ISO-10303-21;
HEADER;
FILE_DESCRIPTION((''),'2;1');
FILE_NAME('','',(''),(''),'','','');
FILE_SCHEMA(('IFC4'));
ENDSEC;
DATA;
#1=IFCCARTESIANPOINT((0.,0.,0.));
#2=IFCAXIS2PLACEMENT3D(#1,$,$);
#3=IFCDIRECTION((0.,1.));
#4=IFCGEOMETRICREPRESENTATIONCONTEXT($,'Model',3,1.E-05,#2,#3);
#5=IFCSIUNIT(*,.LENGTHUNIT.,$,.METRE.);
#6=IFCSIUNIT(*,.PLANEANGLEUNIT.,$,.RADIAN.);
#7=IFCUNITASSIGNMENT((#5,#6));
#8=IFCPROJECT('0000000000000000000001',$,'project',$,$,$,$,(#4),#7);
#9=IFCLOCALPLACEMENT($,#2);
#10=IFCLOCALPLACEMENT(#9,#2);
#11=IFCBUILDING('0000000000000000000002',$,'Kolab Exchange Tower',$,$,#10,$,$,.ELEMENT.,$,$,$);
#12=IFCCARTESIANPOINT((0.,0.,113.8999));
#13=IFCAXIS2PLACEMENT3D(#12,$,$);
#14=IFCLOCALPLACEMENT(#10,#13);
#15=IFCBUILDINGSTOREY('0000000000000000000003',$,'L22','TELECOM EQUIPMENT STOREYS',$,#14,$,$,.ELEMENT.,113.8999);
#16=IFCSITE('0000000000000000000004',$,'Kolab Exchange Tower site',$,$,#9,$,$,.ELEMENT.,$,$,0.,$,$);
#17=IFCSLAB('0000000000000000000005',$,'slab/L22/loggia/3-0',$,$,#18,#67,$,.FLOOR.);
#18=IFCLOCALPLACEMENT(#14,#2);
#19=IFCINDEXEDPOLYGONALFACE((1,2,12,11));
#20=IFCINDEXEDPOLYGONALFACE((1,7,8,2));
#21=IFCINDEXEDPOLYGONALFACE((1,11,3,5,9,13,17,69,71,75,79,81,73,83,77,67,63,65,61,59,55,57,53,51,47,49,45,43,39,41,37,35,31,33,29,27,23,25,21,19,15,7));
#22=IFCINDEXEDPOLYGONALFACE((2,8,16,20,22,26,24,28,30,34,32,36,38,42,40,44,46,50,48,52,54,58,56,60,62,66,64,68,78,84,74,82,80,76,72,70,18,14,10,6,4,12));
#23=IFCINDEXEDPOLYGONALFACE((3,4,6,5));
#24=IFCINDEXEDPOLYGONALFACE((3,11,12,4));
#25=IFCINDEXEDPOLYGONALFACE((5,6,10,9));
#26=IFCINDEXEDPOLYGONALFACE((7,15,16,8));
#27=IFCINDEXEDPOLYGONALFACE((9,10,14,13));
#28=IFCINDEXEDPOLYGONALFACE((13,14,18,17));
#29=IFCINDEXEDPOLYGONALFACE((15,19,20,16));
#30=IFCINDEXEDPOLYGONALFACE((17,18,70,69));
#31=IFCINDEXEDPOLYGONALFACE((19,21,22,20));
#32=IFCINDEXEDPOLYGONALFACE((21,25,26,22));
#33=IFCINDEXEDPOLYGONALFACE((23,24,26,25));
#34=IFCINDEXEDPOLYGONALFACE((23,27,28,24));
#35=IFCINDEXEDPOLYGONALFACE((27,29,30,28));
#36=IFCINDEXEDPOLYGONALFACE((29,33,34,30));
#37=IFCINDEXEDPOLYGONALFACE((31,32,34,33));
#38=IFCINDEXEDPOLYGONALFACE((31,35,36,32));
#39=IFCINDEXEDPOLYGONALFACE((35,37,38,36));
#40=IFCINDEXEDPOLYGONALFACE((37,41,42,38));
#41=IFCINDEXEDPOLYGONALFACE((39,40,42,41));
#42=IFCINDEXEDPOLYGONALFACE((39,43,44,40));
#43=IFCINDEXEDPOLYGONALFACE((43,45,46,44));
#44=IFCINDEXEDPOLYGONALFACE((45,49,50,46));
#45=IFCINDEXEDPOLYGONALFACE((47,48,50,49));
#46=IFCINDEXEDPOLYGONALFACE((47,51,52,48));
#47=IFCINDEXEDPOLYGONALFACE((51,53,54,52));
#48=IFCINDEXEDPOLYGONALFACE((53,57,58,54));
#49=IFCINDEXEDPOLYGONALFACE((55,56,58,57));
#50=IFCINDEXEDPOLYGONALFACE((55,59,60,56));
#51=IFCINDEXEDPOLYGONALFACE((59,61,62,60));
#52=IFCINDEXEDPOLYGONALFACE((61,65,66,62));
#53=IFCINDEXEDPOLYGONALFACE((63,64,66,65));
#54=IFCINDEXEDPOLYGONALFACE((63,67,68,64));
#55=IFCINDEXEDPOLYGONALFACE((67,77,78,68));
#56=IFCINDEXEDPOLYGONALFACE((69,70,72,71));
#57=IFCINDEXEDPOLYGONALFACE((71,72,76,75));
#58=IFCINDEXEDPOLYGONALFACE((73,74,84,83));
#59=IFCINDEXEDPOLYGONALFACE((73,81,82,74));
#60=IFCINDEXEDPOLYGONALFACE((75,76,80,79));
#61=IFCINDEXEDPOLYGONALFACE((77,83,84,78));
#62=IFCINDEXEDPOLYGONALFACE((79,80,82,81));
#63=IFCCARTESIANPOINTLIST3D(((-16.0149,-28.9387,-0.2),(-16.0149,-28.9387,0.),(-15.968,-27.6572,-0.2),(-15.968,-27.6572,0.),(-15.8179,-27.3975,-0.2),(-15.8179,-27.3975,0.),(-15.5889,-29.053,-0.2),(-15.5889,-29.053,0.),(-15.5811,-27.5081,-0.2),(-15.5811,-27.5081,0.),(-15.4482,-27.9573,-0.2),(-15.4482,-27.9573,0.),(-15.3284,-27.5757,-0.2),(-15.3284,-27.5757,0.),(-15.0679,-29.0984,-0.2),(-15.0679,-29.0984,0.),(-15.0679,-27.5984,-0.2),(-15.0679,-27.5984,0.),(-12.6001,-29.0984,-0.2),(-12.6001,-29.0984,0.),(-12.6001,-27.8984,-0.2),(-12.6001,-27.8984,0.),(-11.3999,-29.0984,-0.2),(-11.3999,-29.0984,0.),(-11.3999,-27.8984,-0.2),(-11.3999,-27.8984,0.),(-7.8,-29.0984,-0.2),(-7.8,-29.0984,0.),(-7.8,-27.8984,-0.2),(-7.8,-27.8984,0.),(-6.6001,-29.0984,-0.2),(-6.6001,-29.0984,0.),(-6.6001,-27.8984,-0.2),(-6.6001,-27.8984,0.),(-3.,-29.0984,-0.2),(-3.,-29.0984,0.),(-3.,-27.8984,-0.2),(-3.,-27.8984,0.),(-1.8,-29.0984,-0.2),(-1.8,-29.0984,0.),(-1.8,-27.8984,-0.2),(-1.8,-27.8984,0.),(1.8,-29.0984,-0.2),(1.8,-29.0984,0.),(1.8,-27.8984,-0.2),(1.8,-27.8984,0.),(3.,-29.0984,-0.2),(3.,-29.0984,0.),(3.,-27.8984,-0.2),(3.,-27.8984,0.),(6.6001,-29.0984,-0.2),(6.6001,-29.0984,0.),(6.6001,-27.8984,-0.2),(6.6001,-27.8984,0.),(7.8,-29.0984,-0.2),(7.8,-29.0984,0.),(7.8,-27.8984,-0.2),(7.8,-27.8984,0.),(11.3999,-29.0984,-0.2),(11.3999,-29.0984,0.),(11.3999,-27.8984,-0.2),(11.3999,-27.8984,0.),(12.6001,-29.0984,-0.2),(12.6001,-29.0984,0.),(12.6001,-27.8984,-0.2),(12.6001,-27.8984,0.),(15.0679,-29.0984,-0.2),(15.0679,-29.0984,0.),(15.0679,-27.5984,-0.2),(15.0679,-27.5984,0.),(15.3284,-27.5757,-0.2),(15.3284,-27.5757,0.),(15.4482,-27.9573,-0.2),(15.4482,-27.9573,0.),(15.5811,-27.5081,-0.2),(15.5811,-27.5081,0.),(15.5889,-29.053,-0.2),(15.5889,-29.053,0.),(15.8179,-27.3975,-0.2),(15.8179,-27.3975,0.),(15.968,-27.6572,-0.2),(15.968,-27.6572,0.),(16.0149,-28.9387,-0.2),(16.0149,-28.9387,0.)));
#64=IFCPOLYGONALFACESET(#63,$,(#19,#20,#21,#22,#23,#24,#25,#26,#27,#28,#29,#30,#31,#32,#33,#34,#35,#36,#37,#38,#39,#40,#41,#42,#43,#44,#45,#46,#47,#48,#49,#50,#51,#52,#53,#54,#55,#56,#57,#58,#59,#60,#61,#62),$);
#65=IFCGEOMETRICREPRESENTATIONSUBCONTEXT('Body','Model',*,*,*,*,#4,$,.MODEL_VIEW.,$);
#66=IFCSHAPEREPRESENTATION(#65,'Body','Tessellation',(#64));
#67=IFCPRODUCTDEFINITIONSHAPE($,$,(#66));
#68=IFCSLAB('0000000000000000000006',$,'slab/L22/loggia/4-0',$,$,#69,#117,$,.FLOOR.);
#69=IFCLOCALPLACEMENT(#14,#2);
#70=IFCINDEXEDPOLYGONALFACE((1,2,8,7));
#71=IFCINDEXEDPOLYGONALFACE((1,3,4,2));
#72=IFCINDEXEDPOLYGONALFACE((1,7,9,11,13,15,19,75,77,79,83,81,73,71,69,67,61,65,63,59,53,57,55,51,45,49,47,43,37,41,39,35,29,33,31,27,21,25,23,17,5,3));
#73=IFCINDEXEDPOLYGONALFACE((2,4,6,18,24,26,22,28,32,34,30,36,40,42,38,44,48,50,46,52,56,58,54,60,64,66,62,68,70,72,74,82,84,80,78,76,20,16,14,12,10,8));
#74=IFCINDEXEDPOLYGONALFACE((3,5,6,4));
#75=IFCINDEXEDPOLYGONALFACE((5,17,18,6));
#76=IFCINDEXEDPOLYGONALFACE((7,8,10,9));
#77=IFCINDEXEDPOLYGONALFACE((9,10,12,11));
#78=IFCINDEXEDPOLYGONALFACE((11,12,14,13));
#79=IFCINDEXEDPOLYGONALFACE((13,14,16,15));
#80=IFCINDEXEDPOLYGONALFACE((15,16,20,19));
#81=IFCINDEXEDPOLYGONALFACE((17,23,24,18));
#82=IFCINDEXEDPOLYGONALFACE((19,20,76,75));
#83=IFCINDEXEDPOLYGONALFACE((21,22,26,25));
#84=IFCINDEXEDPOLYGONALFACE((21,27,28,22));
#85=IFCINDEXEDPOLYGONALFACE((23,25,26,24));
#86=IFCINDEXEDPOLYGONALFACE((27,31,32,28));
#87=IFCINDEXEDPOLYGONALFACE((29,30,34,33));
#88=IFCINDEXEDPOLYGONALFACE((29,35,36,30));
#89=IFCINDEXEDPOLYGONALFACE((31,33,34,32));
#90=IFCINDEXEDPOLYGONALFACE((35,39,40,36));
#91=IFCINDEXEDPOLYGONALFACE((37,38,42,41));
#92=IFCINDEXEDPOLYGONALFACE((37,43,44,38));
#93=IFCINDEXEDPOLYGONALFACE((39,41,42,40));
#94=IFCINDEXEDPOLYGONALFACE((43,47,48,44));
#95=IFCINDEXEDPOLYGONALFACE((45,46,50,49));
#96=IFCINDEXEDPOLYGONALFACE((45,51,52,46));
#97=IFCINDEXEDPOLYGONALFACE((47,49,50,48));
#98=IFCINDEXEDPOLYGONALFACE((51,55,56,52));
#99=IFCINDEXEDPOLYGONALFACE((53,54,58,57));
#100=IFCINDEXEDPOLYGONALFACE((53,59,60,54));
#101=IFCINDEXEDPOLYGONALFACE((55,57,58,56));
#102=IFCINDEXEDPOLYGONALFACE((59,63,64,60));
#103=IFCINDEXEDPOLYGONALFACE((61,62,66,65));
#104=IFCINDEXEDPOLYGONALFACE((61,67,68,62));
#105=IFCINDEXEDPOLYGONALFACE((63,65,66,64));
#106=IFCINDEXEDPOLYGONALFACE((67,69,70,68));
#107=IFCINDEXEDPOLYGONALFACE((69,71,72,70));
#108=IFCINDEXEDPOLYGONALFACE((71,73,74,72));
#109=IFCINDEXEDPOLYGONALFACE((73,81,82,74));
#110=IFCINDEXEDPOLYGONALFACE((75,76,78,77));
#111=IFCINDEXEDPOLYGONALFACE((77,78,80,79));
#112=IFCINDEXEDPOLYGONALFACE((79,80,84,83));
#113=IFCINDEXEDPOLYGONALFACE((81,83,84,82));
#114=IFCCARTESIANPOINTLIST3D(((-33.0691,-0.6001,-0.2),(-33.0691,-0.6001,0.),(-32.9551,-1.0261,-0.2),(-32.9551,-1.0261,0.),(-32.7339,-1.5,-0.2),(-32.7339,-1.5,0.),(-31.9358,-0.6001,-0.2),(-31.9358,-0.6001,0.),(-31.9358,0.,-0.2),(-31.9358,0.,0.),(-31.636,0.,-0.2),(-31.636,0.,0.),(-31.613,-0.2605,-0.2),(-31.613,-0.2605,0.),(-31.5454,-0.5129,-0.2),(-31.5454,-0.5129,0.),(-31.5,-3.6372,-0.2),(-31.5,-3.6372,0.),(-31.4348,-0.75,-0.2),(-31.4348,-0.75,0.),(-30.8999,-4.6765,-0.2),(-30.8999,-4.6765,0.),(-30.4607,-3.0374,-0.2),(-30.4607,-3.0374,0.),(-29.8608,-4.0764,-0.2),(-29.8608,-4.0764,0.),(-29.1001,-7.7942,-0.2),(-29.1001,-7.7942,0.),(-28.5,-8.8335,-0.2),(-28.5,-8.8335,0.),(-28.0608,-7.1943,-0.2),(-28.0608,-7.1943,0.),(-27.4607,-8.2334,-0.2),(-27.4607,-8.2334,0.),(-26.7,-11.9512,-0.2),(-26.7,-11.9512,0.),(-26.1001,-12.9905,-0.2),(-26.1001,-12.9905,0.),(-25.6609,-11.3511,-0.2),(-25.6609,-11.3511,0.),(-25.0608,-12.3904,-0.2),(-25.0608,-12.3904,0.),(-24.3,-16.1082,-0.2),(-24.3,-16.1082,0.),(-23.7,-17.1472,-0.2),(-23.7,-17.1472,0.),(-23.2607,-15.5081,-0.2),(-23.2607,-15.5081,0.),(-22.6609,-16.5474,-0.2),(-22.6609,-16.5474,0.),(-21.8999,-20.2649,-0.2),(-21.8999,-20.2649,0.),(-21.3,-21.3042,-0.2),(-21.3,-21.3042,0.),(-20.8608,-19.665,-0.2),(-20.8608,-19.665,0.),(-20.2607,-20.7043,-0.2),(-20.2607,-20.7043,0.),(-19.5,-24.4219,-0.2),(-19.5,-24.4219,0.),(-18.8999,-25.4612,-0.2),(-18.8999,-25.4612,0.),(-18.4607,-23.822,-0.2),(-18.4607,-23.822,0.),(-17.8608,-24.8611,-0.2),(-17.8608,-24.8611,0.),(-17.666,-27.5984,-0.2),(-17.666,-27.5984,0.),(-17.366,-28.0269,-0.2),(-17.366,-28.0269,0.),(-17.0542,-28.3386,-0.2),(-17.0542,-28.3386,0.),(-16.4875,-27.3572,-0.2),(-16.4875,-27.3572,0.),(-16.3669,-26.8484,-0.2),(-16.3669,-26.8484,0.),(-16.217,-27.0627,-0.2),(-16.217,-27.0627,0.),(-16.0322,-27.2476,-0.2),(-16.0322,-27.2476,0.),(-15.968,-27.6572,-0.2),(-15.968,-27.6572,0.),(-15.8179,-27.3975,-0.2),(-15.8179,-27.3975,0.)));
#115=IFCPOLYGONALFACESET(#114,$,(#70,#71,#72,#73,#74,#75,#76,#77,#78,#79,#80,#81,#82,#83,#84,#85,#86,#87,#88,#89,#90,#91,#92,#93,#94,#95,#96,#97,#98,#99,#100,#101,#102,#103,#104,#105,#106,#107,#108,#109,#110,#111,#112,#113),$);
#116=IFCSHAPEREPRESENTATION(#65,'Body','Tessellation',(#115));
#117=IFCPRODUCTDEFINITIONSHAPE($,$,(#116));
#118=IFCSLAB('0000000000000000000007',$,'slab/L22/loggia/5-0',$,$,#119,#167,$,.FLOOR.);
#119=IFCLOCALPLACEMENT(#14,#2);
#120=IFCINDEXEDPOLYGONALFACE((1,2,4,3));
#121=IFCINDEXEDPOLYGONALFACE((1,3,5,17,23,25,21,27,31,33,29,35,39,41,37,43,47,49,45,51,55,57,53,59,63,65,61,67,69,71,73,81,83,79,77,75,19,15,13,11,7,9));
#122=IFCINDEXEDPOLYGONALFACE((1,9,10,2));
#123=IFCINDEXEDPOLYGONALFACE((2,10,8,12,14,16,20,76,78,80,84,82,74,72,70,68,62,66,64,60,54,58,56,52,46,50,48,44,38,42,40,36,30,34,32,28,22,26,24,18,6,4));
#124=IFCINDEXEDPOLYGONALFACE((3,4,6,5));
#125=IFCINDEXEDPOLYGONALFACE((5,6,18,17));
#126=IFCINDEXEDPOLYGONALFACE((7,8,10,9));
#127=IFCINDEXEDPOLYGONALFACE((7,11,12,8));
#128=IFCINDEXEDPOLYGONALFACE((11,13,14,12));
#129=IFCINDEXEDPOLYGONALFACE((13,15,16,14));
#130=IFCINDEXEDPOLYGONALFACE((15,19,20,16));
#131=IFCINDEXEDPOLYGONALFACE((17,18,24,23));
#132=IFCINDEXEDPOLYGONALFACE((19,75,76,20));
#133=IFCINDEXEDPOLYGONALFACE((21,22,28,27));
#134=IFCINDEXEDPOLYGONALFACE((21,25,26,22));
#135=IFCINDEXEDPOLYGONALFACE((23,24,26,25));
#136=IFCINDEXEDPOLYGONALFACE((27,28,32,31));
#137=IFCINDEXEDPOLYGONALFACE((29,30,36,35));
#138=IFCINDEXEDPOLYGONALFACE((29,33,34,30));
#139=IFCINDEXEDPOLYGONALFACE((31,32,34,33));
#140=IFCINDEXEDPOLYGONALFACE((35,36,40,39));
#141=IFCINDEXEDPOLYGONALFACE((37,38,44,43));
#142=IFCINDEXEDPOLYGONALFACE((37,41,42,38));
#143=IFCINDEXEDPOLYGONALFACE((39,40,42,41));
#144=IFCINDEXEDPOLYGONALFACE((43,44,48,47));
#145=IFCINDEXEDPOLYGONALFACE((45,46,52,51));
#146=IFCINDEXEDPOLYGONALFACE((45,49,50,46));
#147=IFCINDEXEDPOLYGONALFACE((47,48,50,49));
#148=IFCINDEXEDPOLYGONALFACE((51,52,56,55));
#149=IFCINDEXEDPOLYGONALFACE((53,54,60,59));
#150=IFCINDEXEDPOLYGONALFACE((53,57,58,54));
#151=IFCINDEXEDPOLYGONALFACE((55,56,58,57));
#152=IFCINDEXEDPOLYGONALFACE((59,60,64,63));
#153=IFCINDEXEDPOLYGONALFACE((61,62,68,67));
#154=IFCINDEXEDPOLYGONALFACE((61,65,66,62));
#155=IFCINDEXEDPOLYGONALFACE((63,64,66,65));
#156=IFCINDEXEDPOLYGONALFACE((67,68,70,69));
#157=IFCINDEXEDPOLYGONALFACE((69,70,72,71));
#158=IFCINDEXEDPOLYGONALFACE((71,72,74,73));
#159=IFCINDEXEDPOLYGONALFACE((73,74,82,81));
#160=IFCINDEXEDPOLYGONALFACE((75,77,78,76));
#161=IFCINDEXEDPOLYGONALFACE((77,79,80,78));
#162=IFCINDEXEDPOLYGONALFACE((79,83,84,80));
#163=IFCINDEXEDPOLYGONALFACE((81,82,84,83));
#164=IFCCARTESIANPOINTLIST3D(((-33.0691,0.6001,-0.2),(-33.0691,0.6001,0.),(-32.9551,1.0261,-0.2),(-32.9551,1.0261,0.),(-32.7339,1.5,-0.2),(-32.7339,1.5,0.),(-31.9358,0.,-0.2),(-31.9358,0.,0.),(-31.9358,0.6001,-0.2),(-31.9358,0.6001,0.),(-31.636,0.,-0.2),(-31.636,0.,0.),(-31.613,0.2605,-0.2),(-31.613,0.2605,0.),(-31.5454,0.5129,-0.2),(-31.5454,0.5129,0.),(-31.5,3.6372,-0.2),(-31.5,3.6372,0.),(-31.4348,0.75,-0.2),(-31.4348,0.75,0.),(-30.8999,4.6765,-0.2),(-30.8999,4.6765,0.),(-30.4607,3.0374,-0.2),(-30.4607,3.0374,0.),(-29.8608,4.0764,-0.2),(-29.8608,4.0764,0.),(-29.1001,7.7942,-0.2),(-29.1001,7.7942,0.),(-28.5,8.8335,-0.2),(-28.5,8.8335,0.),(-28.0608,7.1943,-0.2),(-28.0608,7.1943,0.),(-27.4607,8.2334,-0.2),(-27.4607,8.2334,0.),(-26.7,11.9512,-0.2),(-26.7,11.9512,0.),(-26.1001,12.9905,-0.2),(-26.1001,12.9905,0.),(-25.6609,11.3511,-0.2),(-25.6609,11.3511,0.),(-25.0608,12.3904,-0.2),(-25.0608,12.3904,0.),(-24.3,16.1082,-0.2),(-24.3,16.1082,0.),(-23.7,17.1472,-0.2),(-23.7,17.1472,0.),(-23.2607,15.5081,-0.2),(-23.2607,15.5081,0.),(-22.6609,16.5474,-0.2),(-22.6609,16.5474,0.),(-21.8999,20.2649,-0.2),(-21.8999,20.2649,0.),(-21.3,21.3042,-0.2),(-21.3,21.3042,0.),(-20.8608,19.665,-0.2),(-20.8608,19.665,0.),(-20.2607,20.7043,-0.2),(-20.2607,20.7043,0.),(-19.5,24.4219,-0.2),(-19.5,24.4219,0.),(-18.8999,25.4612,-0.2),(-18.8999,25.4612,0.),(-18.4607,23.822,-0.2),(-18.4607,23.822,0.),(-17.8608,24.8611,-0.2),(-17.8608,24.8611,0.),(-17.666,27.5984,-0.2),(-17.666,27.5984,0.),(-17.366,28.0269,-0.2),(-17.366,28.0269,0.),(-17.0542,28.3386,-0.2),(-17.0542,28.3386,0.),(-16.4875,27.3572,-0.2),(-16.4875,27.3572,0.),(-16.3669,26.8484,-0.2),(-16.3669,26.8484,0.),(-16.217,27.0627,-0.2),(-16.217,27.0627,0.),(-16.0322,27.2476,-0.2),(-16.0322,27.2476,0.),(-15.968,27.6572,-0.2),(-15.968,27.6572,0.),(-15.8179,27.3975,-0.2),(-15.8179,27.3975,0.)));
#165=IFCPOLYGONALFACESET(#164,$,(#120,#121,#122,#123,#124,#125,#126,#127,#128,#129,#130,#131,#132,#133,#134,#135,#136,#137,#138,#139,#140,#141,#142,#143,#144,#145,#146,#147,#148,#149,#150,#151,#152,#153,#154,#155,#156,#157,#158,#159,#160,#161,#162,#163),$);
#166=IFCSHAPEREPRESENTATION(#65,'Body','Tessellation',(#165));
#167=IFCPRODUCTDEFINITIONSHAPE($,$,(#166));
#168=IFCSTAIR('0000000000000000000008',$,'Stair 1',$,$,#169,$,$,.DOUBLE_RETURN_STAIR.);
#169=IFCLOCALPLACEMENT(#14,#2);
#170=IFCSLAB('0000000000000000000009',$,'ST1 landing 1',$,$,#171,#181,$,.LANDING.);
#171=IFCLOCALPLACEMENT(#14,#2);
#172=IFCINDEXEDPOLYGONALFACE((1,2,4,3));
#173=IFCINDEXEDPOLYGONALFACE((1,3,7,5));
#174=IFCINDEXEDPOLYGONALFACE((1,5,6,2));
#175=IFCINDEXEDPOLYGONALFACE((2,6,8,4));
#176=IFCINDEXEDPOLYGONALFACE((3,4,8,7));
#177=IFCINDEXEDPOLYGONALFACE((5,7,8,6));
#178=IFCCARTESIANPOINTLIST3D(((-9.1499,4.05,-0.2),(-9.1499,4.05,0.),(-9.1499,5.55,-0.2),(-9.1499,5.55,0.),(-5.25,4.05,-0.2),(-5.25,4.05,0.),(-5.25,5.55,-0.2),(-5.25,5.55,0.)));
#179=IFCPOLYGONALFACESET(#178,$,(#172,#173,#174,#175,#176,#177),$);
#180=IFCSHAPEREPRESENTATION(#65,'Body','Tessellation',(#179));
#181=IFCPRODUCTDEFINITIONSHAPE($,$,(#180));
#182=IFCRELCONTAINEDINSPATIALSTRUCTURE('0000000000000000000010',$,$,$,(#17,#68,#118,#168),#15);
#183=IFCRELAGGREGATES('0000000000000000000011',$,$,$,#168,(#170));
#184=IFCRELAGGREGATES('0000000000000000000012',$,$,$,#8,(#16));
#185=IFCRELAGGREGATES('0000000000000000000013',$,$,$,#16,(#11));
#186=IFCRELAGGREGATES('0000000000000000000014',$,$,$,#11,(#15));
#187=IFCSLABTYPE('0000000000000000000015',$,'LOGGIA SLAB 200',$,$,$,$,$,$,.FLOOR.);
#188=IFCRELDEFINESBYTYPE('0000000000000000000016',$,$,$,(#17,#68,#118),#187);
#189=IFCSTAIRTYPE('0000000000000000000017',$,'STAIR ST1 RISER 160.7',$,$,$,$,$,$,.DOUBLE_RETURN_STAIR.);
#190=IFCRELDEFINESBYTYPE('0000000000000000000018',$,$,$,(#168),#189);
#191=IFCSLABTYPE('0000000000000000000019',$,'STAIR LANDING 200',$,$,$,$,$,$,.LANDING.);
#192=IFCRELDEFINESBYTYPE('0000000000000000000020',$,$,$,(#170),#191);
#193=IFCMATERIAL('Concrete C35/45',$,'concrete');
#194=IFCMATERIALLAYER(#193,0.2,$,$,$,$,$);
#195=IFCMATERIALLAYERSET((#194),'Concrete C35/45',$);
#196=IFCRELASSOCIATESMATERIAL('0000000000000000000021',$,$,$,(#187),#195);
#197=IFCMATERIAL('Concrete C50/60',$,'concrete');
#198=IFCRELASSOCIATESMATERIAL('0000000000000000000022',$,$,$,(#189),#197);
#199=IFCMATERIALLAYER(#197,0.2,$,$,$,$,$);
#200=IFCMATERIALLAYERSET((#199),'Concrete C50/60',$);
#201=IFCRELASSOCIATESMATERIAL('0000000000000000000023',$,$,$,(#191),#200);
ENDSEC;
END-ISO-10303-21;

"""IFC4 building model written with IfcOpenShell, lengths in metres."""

from ifc_helpers import new_model, si_unit, direction, frame, origin, place, context, subcontext, project, spatial, polyline, outline, extrude, material, layer, layer_set, type_object, element, aggregate, save


model = new_model("IFC4")

# Units and contexts
model_context = context("Model", 3, precision=1e-05, world=origin(), true_north=direction((0.0, 1.0)))
body_context = subcontext(model_context, "Body", "Model", "MODEL_VIEW")
ifc_project = project(units=[si_unit("LENGTHUNIT", "METRE"), si_unit("PLANEANGLEUNIT", "RADIAN")], contexts=[model_context])

# Site, building, storey
site_placement = place(None, origin())
site = spatial("IfcSite", under=ifc_project, at=site_placement, Name="Kolab Exchange Tower site", CompositionType="ELEMENT", RefElevation=0.0)
building_placement = place(site_placement, origin())
building = spatial("IfcBuilding", under=site, at=building_placement, Name="Kolab Exchange Tower", CompositionType="ELEMENT")
storey_placement = place(building_placement, frame((0.0, 0.0, 113.8999)))
storey = spatial("IfcBuildingStorey", under=building, at=storey_placement, Name="L22", Description="TELECOM EQUIPMENT STOREYS", CompositionType="ELEMENT", Elevation=113.8999)

# Slabs
ifc_material_1 = material(Name="Concrete C35/45", Category="concrete")
ifc_layer_1 = layer(ifc_material_1, 0.2)
ifc_layer_set_1 = layer_set([ifc_layer_1], Name="Concrete C35/45")
slab_type_1 = type_object("IfcSlabType", Name="LOGGIA SLAB 200", PredefinedType="FLOOR", material=ifc_layer_set_1)
slab_1_placement = place(storey_placement, frame((0.0, 0.0, -0.2)))
element("IfcSlab", 1, at=slab_1_placement, inside=storey, type_object=slab_type_1, Name="slab/L22/loggia/3-0", PredefinedType="FLOOR", context=body_context, shape_type="SweptSolid", body=[
    extrude(outline(polyline([(-15.8179, -27.3975), (-15.968, -27.6572), (-15.4482, -27.9573), (-16.0149, -28.9387), (-15.5889, -29.053), (-15.0679, -29.0984), (-12.6001, -29.0984), (-12.6001, -27.8984), (-11.3999, -27.8984), (-11.3999, -29.0984), (-7.8, -29.0984), (-7.8, -27.8984), (-6.6001, -27.8984), (-6.6001, -29.0984), (-3.0, -29.0984), (-3.0, -27.8984), (-1.8, -27.8984), (-1.8, -29.0984), (1.8, -29.0984), (1.8, -27.8984), (3.0, -27.8984), (3.0, -29.0984), (6.6001, -29.0984), (6.6001, -27.8984), (7.8, -27.8984), (7.8, -29.0984), (11.3999, -29.0984), (11.3999, -27.8984), (12.6001, -27.8984), (12.6001, -29.0984), (15.0679, -29.0984), (15.5889, -29.053), (16.0149, -28.9387), (15.4482, -27.9573), (15.968, -27.6572), (15.8179, -27.3975), (15.5811, -27.5081), (15.3284, -27.5757), (15.0679, -27.5984), (-15.0679, -27.5984), (-15.3284, -27.5757), (-15.5811, -27.5081), (-15.8179, -27.3975)])), origin(), (0.0, 0.0, 1.0), 0.2),
])
slab_2_placement = place(storey_placement, frame((0.0, 0.0, -0.2)))
element("IfcSlab", 2, at=slab_2_placement, inside=storey, type_object=slab_type_1, Name="slab/L22/loggia/4-0", PredefinedType="FLOOR", context=body_context, shape_type="SweptSolid", body=[
    extrude(outline(polyline([(-31.636, 0.0), (-31.9358, 0.0), (-31.9358, -0.6001), (-33.0691, -0.6001), (-32.9551, -1.0261), (-32.7339, -1.5), (-31.5, -3.6372), (-30.4607, -3.0374), (-29.8608, -4.0764), (-30.8999, -4.6765), (-29.1001, -7.7942), (-28.0608, -7.1943), (-27.4607, -8.2334), (-28.5, -8.8335), (-26.7, -11.9512), (-25.6609, -11.3511), (-25.0608, -12.3904), (-26.1001, -12.9905), (-24.3, -16.1082), (-23.2607, -15.5081), (-22.6609, -16.5474), (-23.7, -17.1472), (-21.8999, -20.2649), (-20.8608, -19.665), (-20.2607, -20.7043), (-21.3, -21.3042), (-19.5, -24.4219), (-18.4607, -23.822), (-17.8608, -24.8611), (-18.8999, -25.4612), (-17.666, -27.5984), (-17.366, -28.0269), (-17.0542, -28.3386), (-16.4875, -27.3572), (-15.968, -27.6572), (-15.8179, -27.3975), (-16.0322, -27.2476), (-16.217, -27.0627), (-16.3669, -26.8484), (-31.4348, -0.75), (-31.5454, -0.5129), (-31.613, -0.2605), (-31.636, 0.0)])), origin(), (0.0, 0.0, 1.0), 0.2),
])
slab_3_placement = place(storey_placement, frame((0.0, 0.0, -0.2)))
element("IfcSlab", 3, at=slab_3_placement, inside=storey, type_object=slab_type_1, Name="slab/L22/loggia/5-0", PredefinedType="FLOOR", context=body_context, shape_type="SweptSolid", body=[
    extrude(outline(polyline([(-15.8179, 27.3975), (-15.968, 27.6572), (-16.4875, 27.3572), (-17.0542, 28.3386), (-17.366, 28.0269), (-17.666, 27.5984), (-18.8999, 25.4612), (-17.8608, 24.8611), (-18.4607, 23.822), (-19.5, 24.4219), (-21.3, 21.3042), (-20.2607, 20.7043), (-20.8608, 19.665), (-21.8999, 20.2649), (-23.7, 17.1472), (-22.6609, 16.5474), (-23.2607, 15.5081), (-24.3, 16.1082), (-26.1001, 12.9905), (-25.0608, 12.3904), (-25.6609, 11.3511), (-26.7, 11.9512), (-28.5, 8.8335), (-27.4607, 8.2334), (-28.0608, 7.1943), (-29.1001, 7.7942), (-30.8999, 4.6765), (-29.8608, 4.0764), (-30.4607, 3.0374), (-31.5, 3.6372), (-32.7339, 1.5), (-32.9551, 1.0261), (-33.0691, 0.6001), (-31.9358, 0.6001), (-31.9358, 0.0), (-31.636, 0.0), (-31.613, 0.2605), (-31.5454, 0.5129), (-31.4348, 0.75), (-16.3669, 26.8484), (-16.217, 27.0627), (-16.0322, 27.2476), (-15.8179, 27.3975)])), origin(), (0.0, 0.0, 1.0), 0.2),
])

# Stair, slab
ifc_material_2 = material(Name="Concrete C50/60", Category="concrete")
stair_type_1 = type_object("IfcStairType", Name="STAIR ST1 RISER 160.7", PredefinedType="DOUBLE_RETURN_STAIR", material=ifc_material_2)
stair_1_placement = place(storey_placement, origin())
stair_1 = element("IfcStair", 4, at=stair_1_placement, inside=storey, type_object=stair_type_1, Name="Stair 1", PredefinedType="DOUBLE_RETURN_STAIR")
ifc_layer_2 = layer(ifc_material_2, 0.2)
ifc_layer_set_2 = layer_set([ifc_layer_2], Name="Concrete C50/60")
slab_type_2 = type_object("IfcSlabType", Name="STAIR LANDING 200", PredefinedType="LANDING", material=ifc_layer_set_2)
slab_4_placement = place(storey_placement, frame((0.0, 0.0, -0.2)))
slab_4 = element("IfcSlab", 5, at=slab_4_placement, type_object=slab_type_2, Name="ST1 landing 1", PredefinedType="LANDING", context=body_context, shape_type="SweptSolid", body=[
    extrude(outline(polyline([(-9.1499, 4.05), (-5.25, 4.05), (-5.25, 5.55), (-9.1499, 5.55), (-9.1499, 4.05)])), origin(), (0.0, 0.0, 1.0), 0.2),
])
aggregate(stair_1, [slab_4])

save(model, "model.ifc")
